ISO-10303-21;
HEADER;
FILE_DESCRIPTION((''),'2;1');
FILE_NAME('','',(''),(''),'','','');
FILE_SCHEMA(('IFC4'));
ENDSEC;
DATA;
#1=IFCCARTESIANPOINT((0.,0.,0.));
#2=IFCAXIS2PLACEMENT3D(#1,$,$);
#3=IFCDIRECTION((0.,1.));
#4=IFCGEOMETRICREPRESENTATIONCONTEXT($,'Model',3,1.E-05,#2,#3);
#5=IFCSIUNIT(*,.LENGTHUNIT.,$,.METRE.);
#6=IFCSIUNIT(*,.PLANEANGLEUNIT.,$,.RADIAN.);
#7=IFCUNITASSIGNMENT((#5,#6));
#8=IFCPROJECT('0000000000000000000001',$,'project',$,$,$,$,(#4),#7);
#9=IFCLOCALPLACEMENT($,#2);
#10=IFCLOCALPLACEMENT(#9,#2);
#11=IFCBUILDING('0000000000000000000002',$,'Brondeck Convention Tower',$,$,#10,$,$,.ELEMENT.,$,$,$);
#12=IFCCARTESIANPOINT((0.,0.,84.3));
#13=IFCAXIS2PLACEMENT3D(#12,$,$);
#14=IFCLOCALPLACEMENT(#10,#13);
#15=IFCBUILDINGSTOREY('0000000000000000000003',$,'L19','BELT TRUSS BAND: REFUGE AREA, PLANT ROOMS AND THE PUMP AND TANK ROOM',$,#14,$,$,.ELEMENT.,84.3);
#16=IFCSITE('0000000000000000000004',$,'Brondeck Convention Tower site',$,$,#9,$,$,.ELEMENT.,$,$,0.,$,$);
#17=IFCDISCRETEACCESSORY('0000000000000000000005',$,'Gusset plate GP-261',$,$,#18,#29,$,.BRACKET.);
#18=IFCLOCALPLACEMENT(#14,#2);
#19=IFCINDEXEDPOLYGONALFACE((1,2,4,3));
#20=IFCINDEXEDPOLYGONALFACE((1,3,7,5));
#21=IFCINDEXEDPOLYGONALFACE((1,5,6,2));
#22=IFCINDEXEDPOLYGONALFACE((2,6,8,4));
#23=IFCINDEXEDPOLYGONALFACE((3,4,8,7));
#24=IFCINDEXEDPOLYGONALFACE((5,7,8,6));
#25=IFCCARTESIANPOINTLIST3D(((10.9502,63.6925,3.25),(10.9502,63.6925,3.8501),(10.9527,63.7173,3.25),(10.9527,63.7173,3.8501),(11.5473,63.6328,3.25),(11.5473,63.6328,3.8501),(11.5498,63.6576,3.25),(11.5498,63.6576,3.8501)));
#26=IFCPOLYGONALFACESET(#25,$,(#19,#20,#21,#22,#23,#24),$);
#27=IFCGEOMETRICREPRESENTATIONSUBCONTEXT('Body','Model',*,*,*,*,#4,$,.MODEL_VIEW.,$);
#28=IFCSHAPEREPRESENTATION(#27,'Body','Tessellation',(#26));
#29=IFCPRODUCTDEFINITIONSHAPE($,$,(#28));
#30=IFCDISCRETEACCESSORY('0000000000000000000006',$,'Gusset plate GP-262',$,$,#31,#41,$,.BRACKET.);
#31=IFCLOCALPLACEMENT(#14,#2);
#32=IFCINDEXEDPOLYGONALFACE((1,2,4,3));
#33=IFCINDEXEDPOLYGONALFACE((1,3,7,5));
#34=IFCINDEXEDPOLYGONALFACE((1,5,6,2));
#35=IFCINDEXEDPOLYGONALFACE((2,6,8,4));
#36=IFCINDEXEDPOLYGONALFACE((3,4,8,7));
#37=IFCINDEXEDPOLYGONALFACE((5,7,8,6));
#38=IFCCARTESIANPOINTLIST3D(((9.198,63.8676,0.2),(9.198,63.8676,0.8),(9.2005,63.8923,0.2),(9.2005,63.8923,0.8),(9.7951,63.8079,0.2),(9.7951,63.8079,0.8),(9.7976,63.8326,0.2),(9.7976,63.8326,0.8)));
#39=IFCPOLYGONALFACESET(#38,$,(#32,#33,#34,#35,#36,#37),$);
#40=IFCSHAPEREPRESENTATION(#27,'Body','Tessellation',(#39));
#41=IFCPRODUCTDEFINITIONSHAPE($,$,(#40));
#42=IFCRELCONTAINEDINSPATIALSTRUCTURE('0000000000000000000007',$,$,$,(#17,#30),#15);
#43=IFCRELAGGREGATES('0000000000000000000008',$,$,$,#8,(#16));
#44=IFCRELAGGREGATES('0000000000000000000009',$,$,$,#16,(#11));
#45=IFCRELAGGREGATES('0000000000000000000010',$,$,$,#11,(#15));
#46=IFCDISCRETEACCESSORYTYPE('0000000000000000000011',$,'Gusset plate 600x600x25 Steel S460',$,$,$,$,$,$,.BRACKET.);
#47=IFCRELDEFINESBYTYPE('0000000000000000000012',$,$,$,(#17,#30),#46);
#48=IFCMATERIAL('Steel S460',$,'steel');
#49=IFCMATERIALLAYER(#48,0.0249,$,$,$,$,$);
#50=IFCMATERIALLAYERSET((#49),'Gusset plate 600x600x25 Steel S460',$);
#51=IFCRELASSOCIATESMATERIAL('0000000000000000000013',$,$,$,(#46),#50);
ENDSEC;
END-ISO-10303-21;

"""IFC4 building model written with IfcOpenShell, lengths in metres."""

from ifc_helpers import new_model, si_unit, direction, frame, origin, origin_2d, place, context, subcontext, project, spatial, rectangle, extrude, material, layer, layer_set, type_object, element, save


model = new_model("IFC4")

# Units and contexts
model_context = context("Model", 3, precision=1e-05, world=origin(), true_north=direction((0.0, 1.0)))
body_context = subcontext(model_context, "Body", "Model", "MODEL_VIEW")
ifc_project = project(units=[si_unit("LENGTHUNIT", "METRE"), si_unit("PLANEANGLEUNIT", "RADIAN")], contexts=[model_context])

# Site, building, storey
site_placement = place(None, origin())
site = spatial("IfcSite", under=ifc_project, at=site_placement, Name="Brondeck Convention Tower site", CompositionType="ELEMENT", RefElevation=0.0)
building_placement = place(site_placement, origin())
building = spatial("IfcBuilding", under=site, at=building_placement, Name="Brondeck Convention Tower", CompositionType="ELEMENT")
storey_placement = place(building_placement, frame((0.0, 0.0, 84.3)))
storey = spatial("IfcBuildingStorey", under=building, at=storey_placement, Name="L19", Description="BELT TRUSS BAND: REFUGE AREA, PLANT ROOMS AND THE PUMP AND TANK ROOM", CompositionType="ELEMENT", Elevation=84.3)

# Shared definitions
ifc_material_1 = material(Name="Steel S460", Category="steel")

# Discrete accessories
ifc_layer_1 = layer(ifc_material_1, 0.0249)
ifc_layer_set_1 = layer_set([ifc_layer_1], Name="Gusset plate 600x600x25 Steel S460")
discrete_accessory_type = type_object("IfcDiscreteAccessoryType", Name="Gusset plate 600x600x25 Steel S460", PredefinedType="BRACKET", material=ifc_layer_set_1)
for number, where, z_axis, x_axis, name in (
    (1, (11.25, 63.675, 3.25), (0.0, 0.0, 1.0), (-0.995036, 0.099511, 0.0), "Gusset plate GP-261"),
    (2, (9.4978, 63.8501, 0.2), (0.0, 0.0, 1.0), (-0.995036, 0.099511, 0.0), "Gusset plate GP-262"),
):
    element("IfcDiscreteAccessory", number, at=place(storey_placement, frame(where, z_axis=z_axis, x_axis=x_axis)), inside=storey, type_object=discrete_accessory_type, Name=name, PredefinedType="BRACKET", context=body_context, shape_type="SweptSolid", body=[
        extrude(rectangle(XDim=0.6001, YDim=0.0249, at=origin_2d()), origin(), (0.0, 0.0, 1.0), 0.6001),
    ])

save(model, "model.ifc")
